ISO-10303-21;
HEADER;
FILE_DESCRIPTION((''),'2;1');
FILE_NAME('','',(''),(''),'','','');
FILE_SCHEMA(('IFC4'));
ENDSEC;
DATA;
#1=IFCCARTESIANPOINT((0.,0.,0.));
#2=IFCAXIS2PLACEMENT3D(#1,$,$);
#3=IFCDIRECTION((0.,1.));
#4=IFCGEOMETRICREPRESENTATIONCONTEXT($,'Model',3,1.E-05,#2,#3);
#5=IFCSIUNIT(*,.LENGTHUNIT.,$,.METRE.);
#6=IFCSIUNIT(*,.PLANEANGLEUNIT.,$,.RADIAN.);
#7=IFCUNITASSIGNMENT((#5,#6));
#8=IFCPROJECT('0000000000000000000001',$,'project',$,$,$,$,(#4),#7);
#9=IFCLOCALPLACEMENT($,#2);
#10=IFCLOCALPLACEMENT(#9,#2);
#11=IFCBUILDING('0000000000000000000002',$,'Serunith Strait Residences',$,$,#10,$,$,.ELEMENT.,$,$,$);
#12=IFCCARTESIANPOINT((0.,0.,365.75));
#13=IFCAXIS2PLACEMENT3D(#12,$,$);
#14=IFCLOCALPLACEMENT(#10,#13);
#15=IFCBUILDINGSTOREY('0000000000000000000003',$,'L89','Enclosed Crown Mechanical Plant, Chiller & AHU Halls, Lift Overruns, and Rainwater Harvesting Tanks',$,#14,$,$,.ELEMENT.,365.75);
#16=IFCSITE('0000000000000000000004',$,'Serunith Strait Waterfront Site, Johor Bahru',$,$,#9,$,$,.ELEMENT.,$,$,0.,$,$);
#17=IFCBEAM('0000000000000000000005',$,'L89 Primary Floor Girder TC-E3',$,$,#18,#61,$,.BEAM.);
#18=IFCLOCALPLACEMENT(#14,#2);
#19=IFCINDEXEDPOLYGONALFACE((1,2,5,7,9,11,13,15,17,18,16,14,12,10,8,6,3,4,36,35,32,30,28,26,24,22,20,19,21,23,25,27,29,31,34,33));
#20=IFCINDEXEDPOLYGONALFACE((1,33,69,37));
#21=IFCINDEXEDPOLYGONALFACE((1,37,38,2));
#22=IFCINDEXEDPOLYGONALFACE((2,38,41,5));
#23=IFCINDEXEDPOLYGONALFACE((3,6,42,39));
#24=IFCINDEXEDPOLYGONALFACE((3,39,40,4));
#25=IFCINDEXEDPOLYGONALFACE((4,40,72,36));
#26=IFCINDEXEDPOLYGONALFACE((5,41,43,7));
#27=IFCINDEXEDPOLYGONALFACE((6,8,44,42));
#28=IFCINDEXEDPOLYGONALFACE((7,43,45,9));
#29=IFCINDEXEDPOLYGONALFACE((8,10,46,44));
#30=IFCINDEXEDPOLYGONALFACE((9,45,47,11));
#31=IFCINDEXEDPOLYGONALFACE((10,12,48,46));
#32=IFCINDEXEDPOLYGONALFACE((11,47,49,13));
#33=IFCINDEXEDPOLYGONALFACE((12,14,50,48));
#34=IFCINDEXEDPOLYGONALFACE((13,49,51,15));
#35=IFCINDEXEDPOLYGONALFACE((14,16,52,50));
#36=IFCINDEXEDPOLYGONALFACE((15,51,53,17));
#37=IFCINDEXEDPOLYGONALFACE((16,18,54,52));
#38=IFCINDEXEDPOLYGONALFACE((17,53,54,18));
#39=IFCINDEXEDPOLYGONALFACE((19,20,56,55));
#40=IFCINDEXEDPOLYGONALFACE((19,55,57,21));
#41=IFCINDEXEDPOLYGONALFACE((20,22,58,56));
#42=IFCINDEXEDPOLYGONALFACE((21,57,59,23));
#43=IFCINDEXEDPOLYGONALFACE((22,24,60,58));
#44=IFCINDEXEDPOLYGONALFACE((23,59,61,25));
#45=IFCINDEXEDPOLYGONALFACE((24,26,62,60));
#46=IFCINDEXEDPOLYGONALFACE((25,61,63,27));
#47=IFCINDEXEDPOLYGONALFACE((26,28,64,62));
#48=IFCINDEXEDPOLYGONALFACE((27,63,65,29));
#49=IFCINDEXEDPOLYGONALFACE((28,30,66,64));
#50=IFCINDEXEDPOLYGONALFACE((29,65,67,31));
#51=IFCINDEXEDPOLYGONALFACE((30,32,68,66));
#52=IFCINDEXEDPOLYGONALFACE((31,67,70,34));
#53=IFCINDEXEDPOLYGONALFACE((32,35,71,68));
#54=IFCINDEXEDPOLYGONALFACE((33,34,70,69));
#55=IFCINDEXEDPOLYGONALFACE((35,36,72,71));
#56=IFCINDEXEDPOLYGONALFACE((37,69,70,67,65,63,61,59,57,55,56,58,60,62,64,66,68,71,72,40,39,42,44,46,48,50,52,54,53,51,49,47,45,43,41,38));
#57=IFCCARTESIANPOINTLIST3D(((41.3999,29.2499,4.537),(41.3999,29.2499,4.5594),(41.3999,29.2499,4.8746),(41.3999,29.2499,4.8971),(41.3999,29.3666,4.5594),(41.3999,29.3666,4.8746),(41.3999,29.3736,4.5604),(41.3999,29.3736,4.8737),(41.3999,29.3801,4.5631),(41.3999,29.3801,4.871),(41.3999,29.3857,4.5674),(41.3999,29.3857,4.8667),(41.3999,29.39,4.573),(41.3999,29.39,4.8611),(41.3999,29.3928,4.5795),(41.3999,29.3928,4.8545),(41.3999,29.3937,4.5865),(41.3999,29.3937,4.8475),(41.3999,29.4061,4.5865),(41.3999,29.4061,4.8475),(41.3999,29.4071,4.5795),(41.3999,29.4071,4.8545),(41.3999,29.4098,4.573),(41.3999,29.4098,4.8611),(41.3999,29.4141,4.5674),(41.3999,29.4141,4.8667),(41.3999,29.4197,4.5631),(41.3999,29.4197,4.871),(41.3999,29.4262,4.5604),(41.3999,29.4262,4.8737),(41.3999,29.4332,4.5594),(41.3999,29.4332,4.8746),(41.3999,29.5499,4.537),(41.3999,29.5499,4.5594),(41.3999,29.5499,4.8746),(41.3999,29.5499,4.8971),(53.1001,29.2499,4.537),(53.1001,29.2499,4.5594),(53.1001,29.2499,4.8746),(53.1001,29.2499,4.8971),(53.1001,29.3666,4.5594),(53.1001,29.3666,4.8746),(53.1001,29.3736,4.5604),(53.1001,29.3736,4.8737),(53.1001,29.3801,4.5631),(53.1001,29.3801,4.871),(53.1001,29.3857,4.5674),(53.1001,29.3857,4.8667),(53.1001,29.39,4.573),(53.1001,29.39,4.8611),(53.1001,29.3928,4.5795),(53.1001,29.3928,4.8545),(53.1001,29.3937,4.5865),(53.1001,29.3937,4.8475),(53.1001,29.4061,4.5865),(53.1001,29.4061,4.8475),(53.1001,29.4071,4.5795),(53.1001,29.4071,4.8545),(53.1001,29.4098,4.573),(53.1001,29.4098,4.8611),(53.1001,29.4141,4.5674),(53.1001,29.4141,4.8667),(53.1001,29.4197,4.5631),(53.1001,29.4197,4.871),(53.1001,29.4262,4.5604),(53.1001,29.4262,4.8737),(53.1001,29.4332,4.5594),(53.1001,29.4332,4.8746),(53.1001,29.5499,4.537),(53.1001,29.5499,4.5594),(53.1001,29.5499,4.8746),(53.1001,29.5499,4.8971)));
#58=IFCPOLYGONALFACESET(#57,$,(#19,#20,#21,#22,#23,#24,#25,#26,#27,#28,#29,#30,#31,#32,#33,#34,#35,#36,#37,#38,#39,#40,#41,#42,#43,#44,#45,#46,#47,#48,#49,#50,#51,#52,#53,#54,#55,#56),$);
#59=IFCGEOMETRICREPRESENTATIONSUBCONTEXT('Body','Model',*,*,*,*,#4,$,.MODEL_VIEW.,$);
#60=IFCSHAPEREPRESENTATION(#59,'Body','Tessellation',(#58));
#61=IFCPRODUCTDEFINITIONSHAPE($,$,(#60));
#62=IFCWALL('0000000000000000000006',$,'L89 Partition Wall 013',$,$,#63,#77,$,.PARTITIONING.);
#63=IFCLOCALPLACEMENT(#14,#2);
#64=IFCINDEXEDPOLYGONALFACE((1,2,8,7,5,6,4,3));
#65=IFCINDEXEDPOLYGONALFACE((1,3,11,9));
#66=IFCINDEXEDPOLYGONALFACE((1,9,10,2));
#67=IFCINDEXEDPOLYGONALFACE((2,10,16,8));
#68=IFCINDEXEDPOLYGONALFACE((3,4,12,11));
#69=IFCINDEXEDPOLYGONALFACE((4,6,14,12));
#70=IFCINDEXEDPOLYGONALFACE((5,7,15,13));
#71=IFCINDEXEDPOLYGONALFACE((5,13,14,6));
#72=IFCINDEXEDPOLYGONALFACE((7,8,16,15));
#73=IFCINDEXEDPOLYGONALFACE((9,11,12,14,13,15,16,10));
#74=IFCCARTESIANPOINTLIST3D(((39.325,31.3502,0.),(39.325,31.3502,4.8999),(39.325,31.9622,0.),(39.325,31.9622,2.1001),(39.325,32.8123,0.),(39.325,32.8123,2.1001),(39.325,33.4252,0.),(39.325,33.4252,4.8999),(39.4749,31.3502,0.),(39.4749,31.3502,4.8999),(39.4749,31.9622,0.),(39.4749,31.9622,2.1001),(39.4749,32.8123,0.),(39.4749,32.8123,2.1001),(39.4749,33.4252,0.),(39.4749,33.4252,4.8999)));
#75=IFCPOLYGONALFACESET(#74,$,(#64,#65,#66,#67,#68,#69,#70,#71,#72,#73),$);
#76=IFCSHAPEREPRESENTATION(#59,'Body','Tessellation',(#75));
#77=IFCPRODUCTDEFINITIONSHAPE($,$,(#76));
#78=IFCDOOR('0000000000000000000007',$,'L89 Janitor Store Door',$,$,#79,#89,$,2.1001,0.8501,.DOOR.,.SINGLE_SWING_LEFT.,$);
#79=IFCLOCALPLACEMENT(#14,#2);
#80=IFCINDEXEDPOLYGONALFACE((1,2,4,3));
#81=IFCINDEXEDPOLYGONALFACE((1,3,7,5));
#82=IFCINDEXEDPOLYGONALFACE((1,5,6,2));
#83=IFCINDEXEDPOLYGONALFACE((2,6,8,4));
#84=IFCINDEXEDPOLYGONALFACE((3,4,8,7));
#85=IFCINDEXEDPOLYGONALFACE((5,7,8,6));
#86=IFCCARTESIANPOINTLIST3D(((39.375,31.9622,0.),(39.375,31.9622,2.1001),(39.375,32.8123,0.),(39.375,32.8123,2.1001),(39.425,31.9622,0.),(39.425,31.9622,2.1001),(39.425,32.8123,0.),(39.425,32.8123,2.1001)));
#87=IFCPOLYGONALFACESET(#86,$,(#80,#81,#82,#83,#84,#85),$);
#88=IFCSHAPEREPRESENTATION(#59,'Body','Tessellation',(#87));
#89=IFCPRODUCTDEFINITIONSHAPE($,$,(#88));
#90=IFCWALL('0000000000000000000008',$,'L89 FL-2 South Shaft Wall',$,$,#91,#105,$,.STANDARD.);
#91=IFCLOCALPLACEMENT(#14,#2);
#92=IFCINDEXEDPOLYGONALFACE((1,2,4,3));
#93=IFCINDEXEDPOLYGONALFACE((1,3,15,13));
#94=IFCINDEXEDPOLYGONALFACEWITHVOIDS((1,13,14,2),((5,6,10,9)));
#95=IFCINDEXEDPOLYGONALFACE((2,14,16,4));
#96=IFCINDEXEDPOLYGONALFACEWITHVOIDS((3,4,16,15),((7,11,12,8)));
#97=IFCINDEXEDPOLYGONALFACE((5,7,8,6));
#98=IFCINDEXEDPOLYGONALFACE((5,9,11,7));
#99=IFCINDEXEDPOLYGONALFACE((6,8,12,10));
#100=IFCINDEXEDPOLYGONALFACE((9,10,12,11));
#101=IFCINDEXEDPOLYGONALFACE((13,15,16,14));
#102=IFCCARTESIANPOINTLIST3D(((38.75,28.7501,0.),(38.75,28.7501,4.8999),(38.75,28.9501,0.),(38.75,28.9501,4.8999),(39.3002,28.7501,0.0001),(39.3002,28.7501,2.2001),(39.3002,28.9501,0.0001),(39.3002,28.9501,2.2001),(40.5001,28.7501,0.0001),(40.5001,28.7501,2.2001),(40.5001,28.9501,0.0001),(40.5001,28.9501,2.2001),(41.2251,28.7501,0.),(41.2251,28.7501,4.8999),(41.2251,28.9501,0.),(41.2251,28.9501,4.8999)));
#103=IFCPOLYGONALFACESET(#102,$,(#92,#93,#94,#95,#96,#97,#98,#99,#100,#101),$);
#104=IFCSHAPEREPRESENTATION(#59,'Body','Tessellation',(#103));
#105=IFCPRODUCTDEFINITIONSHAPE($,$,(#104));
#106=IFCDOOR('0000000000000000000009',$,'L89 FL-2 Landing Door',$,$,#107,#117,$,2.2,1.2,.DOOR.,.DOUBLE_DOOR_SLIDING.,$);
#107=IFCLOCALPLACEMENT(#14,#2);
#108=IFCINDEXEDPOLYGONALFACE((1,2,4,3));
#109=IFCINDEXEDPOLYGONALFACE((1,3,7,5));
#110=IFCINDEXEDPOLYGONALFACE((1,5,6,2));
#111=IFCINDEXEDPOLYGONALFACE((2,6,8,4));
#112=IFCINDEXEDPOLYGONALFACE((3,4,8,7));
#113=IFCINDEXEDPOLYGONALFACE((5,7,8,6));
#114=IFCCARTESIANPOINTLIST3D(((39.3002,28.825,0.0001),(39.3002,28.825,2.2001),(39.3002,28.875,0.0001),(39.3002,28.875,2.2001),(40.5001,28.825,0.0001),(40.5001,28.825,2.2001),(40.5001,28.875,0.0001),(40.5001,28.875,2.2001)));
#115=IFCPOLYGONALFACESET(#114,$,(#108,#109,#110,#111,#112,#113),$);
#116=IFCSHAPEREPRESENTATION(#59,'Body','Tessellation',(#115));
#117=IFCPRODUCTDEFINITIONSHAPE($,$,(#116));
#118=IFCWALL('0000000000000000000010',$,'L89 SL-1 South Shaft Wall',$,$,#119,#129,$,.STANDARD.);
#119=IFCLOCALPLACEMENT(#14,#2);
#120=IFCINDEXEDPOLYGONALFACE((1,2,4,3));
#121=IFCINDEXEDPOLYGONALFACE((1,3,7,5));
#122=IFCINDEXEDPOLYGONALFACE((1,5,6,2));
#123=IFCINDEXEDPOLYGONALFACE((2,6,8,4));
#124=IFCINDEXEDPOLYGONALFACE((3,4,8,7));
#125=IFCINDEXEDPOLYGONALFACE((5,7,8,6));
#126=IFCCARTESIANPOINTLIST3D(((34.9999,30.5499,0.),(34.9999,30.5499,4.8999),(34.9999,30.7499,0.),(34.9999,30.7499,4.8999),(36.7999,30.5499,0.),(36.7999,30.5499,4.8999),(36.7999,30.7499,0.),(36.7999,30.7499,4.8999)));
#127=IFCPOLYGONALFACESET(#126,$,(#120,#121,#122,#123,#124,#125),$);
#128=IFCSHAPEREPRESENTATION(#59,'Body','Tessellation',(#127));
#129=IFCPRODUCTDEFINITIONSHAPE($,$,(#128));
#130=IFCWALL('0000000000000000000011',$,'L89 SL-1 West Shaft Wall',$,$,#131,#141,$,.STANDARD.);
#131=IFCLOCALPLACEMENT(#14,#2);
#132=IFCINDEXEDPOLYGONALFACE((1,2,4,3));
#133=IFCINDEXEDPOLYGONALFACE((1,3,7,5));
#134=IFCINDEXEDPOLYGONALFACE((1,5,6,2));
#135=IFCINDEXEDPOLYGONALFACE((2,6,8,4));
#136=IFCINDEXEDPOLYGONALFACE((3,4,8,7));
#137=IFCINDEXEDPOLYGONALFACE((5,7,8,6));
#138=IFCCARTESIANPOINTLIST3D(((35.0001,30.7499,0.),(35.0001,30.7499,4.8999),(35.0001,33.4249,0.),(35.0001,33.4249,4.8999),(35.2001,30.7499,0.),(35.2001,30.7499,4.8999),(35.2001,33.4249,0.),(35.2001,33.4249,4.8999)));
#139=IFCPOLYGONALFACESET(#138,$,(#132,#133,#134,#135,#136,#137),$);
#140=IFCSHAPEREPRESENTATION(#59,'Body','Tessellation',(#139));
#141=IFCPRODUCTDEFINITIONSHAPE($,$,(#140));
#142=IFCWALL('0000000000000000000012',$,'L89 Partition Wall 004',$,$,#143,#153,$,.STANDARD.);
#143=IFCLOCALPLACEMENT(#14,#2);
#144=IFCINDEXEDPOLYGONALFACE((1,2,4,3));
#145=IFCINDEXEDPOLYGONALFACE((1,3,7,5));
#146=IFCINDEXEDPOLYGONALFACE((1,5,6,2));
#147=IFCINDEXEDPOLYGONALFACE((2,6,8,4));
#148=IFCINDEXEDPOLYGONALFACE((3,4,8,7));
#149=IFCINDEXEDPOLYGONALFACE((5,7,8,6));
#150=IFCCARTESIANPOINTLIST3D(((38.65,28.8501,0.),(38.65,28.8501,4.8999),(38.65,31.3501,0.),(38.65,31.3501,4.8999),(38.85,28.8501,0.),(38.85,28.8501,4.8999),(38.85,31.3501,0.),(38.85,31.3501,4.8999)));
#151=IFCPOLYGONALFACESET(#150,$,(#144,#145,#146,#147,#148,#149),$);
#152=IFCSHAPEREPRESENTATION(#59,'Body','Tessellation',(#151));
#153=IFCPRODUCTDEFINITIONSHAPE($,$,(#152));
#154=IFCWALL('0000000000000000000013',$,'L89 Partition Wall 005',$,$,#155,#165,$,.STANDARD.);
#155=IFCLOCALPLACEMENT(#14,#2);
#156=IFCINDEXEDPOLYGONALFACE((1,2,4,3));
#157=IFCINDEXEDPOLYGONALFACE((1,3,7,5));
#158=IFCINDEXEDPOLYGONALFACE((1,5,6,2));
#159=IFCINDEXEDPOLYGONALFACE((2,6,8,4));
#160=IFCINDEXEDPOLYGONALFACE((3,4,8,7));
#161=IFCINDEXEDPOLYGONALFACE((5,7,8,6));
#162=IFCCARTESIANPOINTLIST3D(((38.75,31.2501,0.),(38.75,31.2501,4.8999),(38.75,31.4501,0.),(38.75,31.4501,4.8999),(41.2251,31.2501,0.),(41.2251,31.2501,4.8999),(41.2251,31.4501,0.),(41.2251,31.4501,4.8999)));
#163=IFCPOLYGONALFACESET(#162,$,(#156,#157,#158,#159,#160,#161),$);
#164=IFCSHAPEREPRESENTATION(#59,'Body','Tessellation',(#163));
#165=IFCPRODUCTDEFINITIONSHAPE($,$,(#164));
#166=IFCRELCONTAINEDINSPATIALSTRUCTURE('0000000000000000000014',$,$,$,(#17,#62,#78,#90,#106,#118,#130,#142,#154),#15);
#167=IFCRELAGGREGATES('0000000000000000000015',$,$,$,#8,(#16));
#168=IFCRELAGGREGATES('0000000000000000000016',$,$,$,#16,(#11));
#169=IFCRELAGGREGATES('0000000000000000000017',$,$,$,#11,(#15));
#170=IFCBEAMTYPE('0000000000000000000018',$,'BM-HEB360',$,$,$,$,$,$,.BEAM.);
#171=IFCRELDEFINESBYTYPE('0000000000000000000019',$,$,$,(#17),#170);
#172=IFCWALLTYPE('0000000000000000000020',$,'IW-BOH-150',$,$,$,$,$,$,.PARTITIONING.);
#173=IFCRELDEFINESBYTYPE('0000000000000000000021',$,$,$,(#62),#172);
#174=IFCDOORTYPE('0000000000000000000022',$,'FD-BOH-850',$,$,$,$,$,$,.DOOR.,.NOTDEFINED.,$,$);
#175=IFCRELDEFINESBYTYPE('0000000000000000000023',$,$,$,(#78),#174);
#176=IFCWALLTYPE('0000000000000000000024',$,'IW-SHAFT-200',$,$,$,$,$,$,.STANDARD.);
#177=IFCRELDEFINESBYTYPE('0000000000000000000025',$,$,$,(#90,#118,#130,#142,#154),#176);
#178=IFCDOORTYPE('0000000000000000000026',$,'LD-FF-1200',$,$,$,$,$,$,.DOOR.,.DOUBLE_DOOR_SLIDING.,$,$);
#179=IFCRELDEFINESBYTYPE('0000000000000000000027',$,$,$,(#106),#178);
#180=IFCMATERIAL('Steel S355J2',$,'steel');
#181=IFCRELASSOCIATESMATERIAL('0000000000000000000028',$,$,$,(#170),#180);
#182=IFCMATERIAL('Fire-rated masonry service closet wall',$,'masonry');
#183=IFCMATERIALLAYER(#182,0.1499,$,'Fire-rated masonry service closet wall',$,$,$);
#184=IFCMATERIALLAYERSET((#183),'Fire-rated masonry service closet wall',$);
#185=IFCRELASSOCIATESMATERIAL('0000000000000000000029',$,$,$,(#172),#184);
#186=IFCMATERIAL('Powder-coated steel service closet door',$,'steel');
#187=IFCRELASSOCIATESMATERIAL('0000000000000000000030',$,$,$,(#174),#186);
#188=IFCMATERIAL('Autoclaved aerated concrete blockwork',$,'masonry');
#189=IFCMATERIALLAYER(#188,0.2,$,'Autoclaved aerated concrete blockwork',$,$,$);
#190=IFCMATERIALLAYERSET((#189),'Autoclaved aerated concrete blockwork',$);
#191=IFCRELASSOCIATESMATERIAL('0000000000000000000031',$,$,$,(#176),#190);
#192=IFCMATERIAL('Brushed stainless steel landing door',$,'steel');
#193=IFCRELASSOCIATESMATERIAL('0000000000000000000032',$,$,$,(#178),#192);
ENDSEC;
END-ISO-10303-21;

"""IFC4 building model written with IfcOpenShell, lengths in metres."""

from ifc_helpers import new_model, si_unit, direction, frame, frame_2d, origin, origin_2d, place, context, subcontext, project, spatial, rectangle, i_section, extrude, source, transform, mapped, material, layer, layer_set, material_profile, profile_set, type_object, element, fill, save


model = new_model("IFC4")

# Units and contexts
model_context = context("Model", 3, precision=1e-05, world=origin(), true_north=direction((0.0, 1.0)))
body_context = subcontext(model_context, "Body", "Model", "MODEL_VIEW")
ifc_project = project(units=[si_unit("LENGTHUNIT", "METRE"), si_unit("PLANEANGLEUNIT", "RADIAN")], contexts=[model_context])

# Site, building, storey
site_placement = place(None, origin())
site = spatial("IfcSite", under=ifc_project, at=site_placement, Name="Serunith Strait Waterfront Site, Johor Bahru", CompositionType="ELEMENT", RefElevation=0.0)
building_placement = place(site_placement, origin())
building = spatial("IfcBuilding", under=site, at=building_placement, Name="Serunith Strait Residences", CompositionType="ELEMENT")
storey_placement = place(building_placement, frame((0.0, 0.0, 365.75)))
storey = spatial("IfcBuildingStorey", under=building, at=storey_placement, Name="L89", Description="Enclosed Crown Mechanical Plant, Chiller & AHU Halls, Lift Overruns, and Rainwater Harvesting Tanks", CompositionType="ELEMENT", Elevation=365.75)

# Beam
ifc_material_1 = material(Name="Steel S355J2", Category="steel")
ifc_material_profile = material_profile(ifc_material_1, i_section(OverallWidth=0.3, OverallDepth=0.3601, WebThickness=0.0125, FlangeThickness=0.0225, FilletRadius=0.0271, at=origin_2d()), Name="HEB 360")
ifc_profile_set = profile_set([ifc_material_profile], Name="Steel S355J2")
beam_type = type_object("IfcBeamType", Name="BM-HEB360", PredefinedType="BEAM", material=ifc_profile_set)
shared_shape_1 = source(origin(), body_context, "Body", "SweptSolid", [
    extrude(i_section(OverallWidth=0.3, OverallDepth=0.3601, WebThickness=0.0125, FlangeThickness=0.0225, FilletRadius=0.0271, at=origin_2d()), origin(), (0.0, 0.0, 1.0), 11.7002),
])
beam_placement = place(storey_placement, frame((41.3999, 29.3999, 4.717), z_axis=(1.0, 0.0, 0.0), x_axis=(0.0, 1.0, 0.0)))
element("IfcBeam", 1, at=beam_placement, inside=storey, type_object=beam_type, Name="L89 Primary Floor Girder TC-E3", PredefinedType="BEAM", context=body_context, shape_type="MappedRepresentation", body=[
    mapped(shared_shape_1, transform((0.0, 0.0, 0.0), scale=1.0)),
])

# Walls, openings, doors
ifc_material_2 = material(Name="Fire-rated masonry service closet wall", Category="masonry")
ifc_layer_1 = layer(ifc_material_2, 0.1499, Name="Fire-rated masonry service closet wall")
ifc_layer_set_1 = layer_set([ifc_layer_1], Name="Fire-rated masonry service closet wall")
wall_type_1 = type_object("IfcWallType", Name="IW-BOH-150", PredefinedType="PARTITIONING", material=ifc_layer_set_1)
wall_1_placement = place(storey_placement, frame((39.3999, 31.3501, 0.0), z_axis=(0.0, 0.0, 1.0), x_axis=(0.0, 1.0, 0.0)))
wall_1 = element("IfcWall", 2, at=wall_1_placement, inside=storey, type_object=wall_type_1, Name="L89 Partition Wall 013", PredefinedType="PARTITIONING", context=body_context, shape_type="SweptSolid", body=[
    extrude(rectangle(XDim=2.075, YDim=0.1499, at=frame_2d((1.0376, 0.0))), origin(), (0.0, 0.0, 1.0), 4.8999),
])
opening_1_placement = place(wall_1_placement, frame((0.6121, 0.0, 0.0)))
opening_1 = element("IfcOpeningElement", 3, at=opening_1_placement, cuts=wall_1, PredefinedType="OPENING", context=body_context, shape_type="SweptSolid", body=[
    extrude(rectangle(XDim=0.8501, YDim=2.1001, at=frame_2d((0.425, 1.05))), frame((0.0, 0.085, 0.0), z_axis=(0.0, -1.0, 0.0), x_axis=(1.0, 0.0, 0.0)), (0.0, 0.0, 1.0), 0.1699),
])
ifc_material_3 = material(Name="Powder-coated steel service closet door", Category="steel")
door_type_1 = type_object("IfcDoorType", Name="FD-BOH-850", OperationType="NOTDEFINED", PredefinedType="DOOR", material=ifc_material_3)
shared_shape_2 = source(origin(), body_context, "Body", "SweptSolid", [
    extrude(rectangle(XDim=0.8501, YDim=2.1001, at=frame_2d((0.425, 1.05))), frame((0.0, 0.0249, 0.0), z_axis=(0.0, -1.0, 0.0), x_axis=(1.0, 0.0, 0.0)), (0.0, 0.0, 1.0), 0.05),
])
door_1_placement = place(opening_1_placement, origin())
door_1 = element("IfcDoor", 4, at=door_1_placement, inside=storey, type_object=door_type_1, Name="L89 Janitor Store Door", OperationType="SINGLE_SWING_LEFT", OverallHeight=2.1001, OverallWidth=0.8501, PredefinedType="DOOR", context=body_context, shape_type="MappedRepresentation", body=[
    mapped(shared_shape_2, transform((0.0, 0.0, 0.0), scale=1.0)),
])
fill(opening_1, door_1)
ifc_material_4 = material(Name="Autoclaved aerated concrete blockwork", Category="masonry")
ifc_layer_2 = layer(ifc_material_4, 0.2, Name="Autoclaved aerated concrete blockwork")
ifc_layer_set_2 = layer_set([ifc_layer_2], Name="Autoclaved aerated concrete blockwork")
wall_type_2 = type_object("IfcWallType", Name="IW-SHAFT-200", PredefinedType="STANDARD", material=ifc_layer_set_2)
wall_2_placement = place(storey_placement, frame((38.75, 28.8501, 0.0), z_axis=(0.0, 0.0, 1.0), x_axis=(1.0, 0.0, 0.0)))
wall_2 = element("IfcWall", 5, at=wall_2_placement, inside=storey, type_object=wall_type_2, Name="L89 FL-2 South Shaft Wall", PredefinedType="STANDARD", context=body_context, shape_type="SweptSolid", body=[
    extrude(rectangle(XDim=2.4751, YDim=0.2, at=frame_2d((1.2375, 0.0))), origin(), (0.0, 0.0, 1.0), 4.8999),
])
opening_2_placement = place(wall_2_placement, frame((0.55, 0.0, 0.0)))
opening_2 = element("IfcOpeningElement", 6, at=opening_2_placement, cuts=wall_2, PredefinedType="OPENING", context=body_context, shape_type="SweptSolid", body=[
    extrude(rectangle(XDim=1.2, YDim=2.2, at=frame_2d((0.6001, 1.1001))), frame((0.0, 0.1099, 0.0), z_axis=(0.0, -1.0, 0.0), x_axis=(1.0, 0.0, 0.0)), (0.0, 0.0, 1.0), 0.22),
])
ifc_material_5 = material(Name="Brushed stainless steel landing door", Category="steel")
door_type_2 = type_object("IfcDoorType", Name="LD-FF-1200", OperationType="DOUBLE_DOOR_SLIDING", PredefinedType="DOOR", material=ifc_material_5)
shared_shape_3 = source(origin(), body_context, "Body", "SweptSolid", [
    extrude(rectangle(XDim=1.2, YDim=2.2, at=frame_2d((0.6001, 1.1001))), frame((0.0, 0.0249, 0.0), z_axis=(0.0, -1.0, 0.0), x_axis=(1.0, 0.0, 0.0)), (0.0, 0.0, 1.0), 0.05),
])
door_2_placement = place(opening_2_placement, origin())
door_2 = element("IfcDoor", 7, at=door_2_placement, inside=storey, type_object=door_type_2, Name="L89 FL-2 Landing Door", OperationType="DOUBLE_DOOR_SLIDING", OverallHeight=2.2, OverallWidth=1.2, PredefinedType="DOOR", context=body_context, shape_type="MappedRepresentation", body=[
    mapped(shared_shape_3, transform((0.0, 0.0, 0.0), scale=1.0)),
])
fill(opening_2, door_2)

# Walls
wall_3_placement = place(storey_placement, frame((35.0, 30.6499, 0.0), z_axis=(0.0, 0.0, 1.0), x_axis=(1.0, 0.0, 0.0)))
element("IfcWall", 8, at=wall_3_placement, inside=storey, type_object=wall_type_2, Name="L89 SL-1 South Shaft Wall", PredefinedType="STANDARD", context=body_context, shape_type="SweptSolid", body=[
    extrude(rectangle(XDim=1.8, YDim=0.2, at=frame_2d((0.8999, 0.0))), origin(), (0.0, 0.0, 1.0), 4.8999),
])
wall_4_placement = place(storey_placement, frame((35.1001, 30.75, 0.0), z_axis=(0.0, 0.0, 1.0), x_axis=(0.0, 1.0, 0.0)))
element("IfcWall", 9, at=wall_4_placement, inside=storey, type_object=wall_type_2, Name="L89 SL-1 West Shaft Wall", PredefinedType="STANDARD", context=body_context, shape_type="SweptSolid", body=[
    extrude(rectangle(XDim=2.675, YDim=0.2, at=frame_2d((1.3374, 0.0))), origin(), (0.0, 0.0, 1.0), 4.8999),
])
wall_5_placement = place(storey_placement, frame((38.75, 28.8501, 0.0), z_axis=(0.0, 0.0, 1.0), x_axis=(0.0, 1.0, 0.0)))
element("IfcWall", 10, at=wall_5_placement, inside=storey, type_object=wall_type_2, Name="L89 Partition Wall 004", PredefinedType="STANDARD", context=body_context, shape_type="SweptSolid", body=[
    extrude(rectangle(XDim=2.5, YDim=0.2, at=frame_2d((1.25, 0.0))), origin(), (0.0, 0.0, 1.0), 4.8999),
])
wall_6_placement = place(storey_placement, frame((38.75, 31.3501, 0.0), z_axis=(0.0, 0.0, 1.0), x_axis=(1.0, 0.0, 0.0)))
element("IfcWall", 11, at=wall_6_placement, inside=storey, type_object=wall_type_2, Name="L89 Partition Wall 005", PredefinedType="STANDARD", context=body_context, shape_type="SweptSolid", body=[
    extrude(rectangle(XDim=2.4751, YDim=0.2, at=frame_2d((1.2375, 0.0))), origin(), (0.0, 0.0, 1.0), 4.8999),
])

save(model, "model.ifc")
